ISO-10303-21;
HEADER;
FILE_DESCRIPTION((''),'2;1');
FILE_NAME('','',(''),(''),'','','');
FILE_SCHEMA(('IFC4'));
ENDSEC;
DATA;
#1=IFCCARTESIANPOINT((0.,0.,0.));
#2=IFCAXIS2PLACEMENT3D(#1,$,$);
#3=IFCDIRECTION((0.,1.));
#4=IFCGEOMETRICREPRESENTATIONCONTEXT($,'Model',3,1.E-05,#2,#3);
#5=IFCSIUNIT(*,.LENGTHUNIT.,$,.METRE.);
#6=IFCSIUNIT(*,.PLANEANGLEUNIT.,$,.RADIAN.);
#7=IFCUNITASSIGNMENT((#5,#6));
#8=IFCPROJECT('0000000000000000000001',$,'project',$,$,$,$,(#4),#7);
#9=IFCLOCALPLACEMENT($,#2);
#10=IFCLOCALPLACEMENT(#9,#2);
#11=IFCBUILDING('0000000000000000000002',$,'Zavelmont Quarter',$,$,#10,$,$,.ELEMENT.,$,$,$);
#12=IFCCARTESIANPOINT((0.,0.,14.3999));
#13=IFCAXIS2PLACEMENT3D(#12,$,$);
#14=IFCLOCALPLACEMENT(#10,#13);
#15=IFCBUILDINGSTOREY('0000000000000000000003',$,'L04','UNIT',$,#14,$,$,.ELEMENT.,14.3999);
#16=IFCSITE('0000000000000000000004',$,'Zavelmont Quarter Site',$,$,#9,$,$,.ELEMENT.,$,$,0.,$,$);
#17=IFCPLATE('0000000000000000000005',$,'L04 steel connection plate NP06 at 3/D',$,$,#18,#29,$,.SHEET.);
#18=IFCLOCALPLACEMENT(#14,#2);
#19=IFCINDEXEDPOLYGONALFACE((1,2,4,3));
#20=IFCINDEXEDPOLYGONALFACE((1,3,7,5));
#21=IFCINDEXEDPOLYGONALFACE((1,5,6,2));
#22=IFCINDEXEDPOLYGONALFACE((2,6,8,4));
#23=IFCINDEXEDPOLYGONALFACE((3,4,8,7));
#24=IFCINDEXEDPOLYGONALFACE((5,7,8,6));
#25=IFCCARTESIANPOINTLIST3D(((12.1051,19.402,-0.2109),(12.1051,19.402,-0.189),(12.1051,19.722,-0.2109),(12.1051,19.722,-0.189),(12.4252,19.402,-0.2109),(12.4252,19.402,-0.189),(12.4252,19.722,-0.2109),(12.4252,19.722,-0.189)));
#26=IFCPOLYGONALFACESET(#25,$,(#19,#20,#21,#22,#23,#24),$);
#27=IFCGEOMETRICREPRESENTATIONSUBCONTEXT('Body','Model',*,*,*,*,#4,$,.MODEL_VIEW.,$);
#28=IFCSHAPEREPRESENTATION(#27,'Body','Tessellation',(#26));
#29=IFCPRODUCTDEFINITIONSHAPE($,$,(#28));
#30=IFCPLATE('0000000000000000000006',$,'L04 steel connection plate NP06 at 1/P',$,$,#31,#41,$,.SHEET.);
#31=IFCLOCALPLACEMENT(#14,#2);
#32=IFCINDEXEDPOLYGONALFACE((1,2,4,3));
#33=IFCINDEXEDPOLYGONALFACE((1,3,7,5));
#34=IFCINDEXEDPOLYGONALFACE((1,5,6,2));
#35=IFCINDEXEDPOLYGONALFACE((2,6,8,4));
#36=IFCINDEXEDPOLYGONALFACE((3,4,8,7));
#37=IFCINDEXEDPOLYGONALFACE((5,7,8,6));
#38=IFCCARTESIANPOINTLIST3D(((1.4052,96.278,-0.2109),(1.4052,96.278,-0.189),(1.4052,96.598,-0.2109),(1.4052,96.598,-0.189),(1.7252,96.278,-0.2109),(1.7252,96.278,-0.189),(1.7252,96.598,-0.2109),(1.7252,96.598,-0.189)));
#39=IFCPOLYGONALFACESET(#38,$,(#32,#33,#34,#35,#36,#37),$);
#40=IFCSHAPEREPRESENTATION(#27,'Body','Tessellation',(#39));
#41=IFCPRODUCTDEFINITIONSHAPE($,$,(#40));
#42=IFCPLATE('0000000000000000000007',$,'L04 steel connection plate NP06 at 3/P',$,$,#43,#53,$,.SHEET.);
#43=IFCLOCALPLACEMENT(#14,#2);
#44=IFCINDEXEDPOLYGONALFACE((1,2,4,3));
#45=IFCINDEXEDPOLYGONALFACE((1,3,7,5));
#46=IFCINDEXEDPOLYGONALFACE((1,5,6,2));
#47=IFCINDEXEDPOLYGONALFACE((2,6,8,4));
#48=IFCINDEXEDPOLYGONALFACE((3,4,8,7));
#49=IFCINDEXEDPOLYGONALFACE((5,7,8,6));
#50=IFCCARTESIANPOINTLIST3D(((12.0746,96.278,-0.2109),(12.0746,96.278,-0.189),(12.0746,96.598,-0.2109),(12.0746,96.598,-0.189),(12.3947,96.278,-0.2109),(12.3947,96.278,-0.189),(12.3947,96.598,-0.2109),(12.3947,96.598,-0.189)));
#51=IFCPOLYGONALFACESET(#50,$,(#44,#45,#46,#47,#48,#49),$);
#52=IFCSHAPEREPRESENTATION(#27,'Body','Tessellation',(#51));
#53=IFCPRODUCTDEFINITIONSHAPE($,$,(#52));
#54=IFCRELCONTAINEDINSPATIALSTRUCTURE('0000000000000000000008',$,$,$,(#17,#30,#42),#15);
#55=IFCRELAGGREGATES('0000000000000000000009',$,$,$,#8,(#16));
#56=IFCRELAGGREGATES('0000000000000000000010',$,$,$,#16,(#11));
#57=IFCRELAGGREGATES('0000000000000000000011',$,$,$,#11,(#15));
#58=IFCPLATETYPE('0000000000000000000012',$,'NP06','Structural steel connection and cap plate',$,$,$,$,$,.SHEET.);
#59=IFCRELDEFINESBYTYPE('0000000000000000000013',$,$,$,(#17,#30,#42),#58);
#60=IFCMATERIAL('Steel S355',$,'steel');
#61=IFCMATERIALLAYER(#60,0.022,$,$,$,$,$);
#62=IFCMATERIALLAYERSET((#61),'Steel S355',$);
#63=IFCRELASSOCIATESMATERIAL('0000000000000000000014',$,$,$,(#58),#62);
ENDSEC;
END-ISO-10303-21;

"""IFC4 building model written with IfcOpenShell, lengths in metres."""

from ifc_helpers import new_model, si_unit, direction, frame, origin, origin_2d, place, context, subcontext, project, spatial, rectangle, extrude, material, layer, layer_set, type_object, element, save


model = new_model("IFC4")

# Units and contexts
model_context = context("Model", 3, precision=1e-05, world=origin(), true_north=direction((0.0, 1.0)))
body_context = subcontext(model_context, "Body", "Model", "MODEL_VIEW")
ifc_project = project(units=[si_unit("LENGTHUNIT", "METRE"), si_unit("PLANEANGLEUNIT", "RADIAN")], contexts=[model_context])

# Site, building, storey
site_placement = place(None, origin())
site = spatial("IfcSite", under=ifc_project, at=site_placement, Name="Zavelmont Quarter Site", CompositionType="ELEMENT", RefElevation=0.0)
building_placement = place(site_placement, origin())
building = spatial("IfcBuilding", under=site, at=building_placement, Name="Zavelmont Quarter", CompositionType="ELEMENT")
storey_placement = place(building_placement, frame((0.0, 0.0, 14.3999)))
storey = spatial("IfcBuildingStorey", under=building, at=storey_placement, Name="L04", Description="UNIT", CompositionType="ELEMENT", Elevation=14.3999)

# Plates
ifc_material_1 = material(Name="Steel S355", Category="steel")
ifc_layer_1 = layer(ifc_material_1, 0.022)
ifc_layer_set_1 = layer_set([ifc_layer_1], Name="Steel S355")
plate_type_1 = type_object("IfcPlateType", Name="NP06", Description="Structural steel connection and cap plate", PredefinedType="SHEET", material=ifc_layer_set_1)
for number, where, z_axis, x_axis, name in (
    (1, (12.2651, 19.562, -0.2109), (0.0, 0.0, 1.0), (1.0, 0.0, 0.0), "L04 steel connection plate NP06 at 3/D"),
    (2, (1.5652, 96.438, -0.2109), (0.0, 0.0, 1.0), (1.0, 0.0, 0.0), "L04 steel connection plate NP06 at 1/P"),
    (3, (12.2346, 96.438, -0.2109), (0.0, 0.0, 1.0), (1.0, 0.0, 0.0), "L04 steel connection plate NP06 at 3/P"),
):
    element("IfcPlate", number, at=place(storey_placement, frame(where, z_axis=z_axis, x_axis=x_axis)), inside=storey, type_object=plate_type_1, Name=name, PredefinedType="SHEET", context=body_context, shape_type="SweptSolid", body=[
        extrude(rectangle(XDim=0.3201, YDim=0.3201, at=origin_2d()), origin(), (0.0, 0.0, 1.0), 0.022),
    ])

save(model, "model.ifc")
